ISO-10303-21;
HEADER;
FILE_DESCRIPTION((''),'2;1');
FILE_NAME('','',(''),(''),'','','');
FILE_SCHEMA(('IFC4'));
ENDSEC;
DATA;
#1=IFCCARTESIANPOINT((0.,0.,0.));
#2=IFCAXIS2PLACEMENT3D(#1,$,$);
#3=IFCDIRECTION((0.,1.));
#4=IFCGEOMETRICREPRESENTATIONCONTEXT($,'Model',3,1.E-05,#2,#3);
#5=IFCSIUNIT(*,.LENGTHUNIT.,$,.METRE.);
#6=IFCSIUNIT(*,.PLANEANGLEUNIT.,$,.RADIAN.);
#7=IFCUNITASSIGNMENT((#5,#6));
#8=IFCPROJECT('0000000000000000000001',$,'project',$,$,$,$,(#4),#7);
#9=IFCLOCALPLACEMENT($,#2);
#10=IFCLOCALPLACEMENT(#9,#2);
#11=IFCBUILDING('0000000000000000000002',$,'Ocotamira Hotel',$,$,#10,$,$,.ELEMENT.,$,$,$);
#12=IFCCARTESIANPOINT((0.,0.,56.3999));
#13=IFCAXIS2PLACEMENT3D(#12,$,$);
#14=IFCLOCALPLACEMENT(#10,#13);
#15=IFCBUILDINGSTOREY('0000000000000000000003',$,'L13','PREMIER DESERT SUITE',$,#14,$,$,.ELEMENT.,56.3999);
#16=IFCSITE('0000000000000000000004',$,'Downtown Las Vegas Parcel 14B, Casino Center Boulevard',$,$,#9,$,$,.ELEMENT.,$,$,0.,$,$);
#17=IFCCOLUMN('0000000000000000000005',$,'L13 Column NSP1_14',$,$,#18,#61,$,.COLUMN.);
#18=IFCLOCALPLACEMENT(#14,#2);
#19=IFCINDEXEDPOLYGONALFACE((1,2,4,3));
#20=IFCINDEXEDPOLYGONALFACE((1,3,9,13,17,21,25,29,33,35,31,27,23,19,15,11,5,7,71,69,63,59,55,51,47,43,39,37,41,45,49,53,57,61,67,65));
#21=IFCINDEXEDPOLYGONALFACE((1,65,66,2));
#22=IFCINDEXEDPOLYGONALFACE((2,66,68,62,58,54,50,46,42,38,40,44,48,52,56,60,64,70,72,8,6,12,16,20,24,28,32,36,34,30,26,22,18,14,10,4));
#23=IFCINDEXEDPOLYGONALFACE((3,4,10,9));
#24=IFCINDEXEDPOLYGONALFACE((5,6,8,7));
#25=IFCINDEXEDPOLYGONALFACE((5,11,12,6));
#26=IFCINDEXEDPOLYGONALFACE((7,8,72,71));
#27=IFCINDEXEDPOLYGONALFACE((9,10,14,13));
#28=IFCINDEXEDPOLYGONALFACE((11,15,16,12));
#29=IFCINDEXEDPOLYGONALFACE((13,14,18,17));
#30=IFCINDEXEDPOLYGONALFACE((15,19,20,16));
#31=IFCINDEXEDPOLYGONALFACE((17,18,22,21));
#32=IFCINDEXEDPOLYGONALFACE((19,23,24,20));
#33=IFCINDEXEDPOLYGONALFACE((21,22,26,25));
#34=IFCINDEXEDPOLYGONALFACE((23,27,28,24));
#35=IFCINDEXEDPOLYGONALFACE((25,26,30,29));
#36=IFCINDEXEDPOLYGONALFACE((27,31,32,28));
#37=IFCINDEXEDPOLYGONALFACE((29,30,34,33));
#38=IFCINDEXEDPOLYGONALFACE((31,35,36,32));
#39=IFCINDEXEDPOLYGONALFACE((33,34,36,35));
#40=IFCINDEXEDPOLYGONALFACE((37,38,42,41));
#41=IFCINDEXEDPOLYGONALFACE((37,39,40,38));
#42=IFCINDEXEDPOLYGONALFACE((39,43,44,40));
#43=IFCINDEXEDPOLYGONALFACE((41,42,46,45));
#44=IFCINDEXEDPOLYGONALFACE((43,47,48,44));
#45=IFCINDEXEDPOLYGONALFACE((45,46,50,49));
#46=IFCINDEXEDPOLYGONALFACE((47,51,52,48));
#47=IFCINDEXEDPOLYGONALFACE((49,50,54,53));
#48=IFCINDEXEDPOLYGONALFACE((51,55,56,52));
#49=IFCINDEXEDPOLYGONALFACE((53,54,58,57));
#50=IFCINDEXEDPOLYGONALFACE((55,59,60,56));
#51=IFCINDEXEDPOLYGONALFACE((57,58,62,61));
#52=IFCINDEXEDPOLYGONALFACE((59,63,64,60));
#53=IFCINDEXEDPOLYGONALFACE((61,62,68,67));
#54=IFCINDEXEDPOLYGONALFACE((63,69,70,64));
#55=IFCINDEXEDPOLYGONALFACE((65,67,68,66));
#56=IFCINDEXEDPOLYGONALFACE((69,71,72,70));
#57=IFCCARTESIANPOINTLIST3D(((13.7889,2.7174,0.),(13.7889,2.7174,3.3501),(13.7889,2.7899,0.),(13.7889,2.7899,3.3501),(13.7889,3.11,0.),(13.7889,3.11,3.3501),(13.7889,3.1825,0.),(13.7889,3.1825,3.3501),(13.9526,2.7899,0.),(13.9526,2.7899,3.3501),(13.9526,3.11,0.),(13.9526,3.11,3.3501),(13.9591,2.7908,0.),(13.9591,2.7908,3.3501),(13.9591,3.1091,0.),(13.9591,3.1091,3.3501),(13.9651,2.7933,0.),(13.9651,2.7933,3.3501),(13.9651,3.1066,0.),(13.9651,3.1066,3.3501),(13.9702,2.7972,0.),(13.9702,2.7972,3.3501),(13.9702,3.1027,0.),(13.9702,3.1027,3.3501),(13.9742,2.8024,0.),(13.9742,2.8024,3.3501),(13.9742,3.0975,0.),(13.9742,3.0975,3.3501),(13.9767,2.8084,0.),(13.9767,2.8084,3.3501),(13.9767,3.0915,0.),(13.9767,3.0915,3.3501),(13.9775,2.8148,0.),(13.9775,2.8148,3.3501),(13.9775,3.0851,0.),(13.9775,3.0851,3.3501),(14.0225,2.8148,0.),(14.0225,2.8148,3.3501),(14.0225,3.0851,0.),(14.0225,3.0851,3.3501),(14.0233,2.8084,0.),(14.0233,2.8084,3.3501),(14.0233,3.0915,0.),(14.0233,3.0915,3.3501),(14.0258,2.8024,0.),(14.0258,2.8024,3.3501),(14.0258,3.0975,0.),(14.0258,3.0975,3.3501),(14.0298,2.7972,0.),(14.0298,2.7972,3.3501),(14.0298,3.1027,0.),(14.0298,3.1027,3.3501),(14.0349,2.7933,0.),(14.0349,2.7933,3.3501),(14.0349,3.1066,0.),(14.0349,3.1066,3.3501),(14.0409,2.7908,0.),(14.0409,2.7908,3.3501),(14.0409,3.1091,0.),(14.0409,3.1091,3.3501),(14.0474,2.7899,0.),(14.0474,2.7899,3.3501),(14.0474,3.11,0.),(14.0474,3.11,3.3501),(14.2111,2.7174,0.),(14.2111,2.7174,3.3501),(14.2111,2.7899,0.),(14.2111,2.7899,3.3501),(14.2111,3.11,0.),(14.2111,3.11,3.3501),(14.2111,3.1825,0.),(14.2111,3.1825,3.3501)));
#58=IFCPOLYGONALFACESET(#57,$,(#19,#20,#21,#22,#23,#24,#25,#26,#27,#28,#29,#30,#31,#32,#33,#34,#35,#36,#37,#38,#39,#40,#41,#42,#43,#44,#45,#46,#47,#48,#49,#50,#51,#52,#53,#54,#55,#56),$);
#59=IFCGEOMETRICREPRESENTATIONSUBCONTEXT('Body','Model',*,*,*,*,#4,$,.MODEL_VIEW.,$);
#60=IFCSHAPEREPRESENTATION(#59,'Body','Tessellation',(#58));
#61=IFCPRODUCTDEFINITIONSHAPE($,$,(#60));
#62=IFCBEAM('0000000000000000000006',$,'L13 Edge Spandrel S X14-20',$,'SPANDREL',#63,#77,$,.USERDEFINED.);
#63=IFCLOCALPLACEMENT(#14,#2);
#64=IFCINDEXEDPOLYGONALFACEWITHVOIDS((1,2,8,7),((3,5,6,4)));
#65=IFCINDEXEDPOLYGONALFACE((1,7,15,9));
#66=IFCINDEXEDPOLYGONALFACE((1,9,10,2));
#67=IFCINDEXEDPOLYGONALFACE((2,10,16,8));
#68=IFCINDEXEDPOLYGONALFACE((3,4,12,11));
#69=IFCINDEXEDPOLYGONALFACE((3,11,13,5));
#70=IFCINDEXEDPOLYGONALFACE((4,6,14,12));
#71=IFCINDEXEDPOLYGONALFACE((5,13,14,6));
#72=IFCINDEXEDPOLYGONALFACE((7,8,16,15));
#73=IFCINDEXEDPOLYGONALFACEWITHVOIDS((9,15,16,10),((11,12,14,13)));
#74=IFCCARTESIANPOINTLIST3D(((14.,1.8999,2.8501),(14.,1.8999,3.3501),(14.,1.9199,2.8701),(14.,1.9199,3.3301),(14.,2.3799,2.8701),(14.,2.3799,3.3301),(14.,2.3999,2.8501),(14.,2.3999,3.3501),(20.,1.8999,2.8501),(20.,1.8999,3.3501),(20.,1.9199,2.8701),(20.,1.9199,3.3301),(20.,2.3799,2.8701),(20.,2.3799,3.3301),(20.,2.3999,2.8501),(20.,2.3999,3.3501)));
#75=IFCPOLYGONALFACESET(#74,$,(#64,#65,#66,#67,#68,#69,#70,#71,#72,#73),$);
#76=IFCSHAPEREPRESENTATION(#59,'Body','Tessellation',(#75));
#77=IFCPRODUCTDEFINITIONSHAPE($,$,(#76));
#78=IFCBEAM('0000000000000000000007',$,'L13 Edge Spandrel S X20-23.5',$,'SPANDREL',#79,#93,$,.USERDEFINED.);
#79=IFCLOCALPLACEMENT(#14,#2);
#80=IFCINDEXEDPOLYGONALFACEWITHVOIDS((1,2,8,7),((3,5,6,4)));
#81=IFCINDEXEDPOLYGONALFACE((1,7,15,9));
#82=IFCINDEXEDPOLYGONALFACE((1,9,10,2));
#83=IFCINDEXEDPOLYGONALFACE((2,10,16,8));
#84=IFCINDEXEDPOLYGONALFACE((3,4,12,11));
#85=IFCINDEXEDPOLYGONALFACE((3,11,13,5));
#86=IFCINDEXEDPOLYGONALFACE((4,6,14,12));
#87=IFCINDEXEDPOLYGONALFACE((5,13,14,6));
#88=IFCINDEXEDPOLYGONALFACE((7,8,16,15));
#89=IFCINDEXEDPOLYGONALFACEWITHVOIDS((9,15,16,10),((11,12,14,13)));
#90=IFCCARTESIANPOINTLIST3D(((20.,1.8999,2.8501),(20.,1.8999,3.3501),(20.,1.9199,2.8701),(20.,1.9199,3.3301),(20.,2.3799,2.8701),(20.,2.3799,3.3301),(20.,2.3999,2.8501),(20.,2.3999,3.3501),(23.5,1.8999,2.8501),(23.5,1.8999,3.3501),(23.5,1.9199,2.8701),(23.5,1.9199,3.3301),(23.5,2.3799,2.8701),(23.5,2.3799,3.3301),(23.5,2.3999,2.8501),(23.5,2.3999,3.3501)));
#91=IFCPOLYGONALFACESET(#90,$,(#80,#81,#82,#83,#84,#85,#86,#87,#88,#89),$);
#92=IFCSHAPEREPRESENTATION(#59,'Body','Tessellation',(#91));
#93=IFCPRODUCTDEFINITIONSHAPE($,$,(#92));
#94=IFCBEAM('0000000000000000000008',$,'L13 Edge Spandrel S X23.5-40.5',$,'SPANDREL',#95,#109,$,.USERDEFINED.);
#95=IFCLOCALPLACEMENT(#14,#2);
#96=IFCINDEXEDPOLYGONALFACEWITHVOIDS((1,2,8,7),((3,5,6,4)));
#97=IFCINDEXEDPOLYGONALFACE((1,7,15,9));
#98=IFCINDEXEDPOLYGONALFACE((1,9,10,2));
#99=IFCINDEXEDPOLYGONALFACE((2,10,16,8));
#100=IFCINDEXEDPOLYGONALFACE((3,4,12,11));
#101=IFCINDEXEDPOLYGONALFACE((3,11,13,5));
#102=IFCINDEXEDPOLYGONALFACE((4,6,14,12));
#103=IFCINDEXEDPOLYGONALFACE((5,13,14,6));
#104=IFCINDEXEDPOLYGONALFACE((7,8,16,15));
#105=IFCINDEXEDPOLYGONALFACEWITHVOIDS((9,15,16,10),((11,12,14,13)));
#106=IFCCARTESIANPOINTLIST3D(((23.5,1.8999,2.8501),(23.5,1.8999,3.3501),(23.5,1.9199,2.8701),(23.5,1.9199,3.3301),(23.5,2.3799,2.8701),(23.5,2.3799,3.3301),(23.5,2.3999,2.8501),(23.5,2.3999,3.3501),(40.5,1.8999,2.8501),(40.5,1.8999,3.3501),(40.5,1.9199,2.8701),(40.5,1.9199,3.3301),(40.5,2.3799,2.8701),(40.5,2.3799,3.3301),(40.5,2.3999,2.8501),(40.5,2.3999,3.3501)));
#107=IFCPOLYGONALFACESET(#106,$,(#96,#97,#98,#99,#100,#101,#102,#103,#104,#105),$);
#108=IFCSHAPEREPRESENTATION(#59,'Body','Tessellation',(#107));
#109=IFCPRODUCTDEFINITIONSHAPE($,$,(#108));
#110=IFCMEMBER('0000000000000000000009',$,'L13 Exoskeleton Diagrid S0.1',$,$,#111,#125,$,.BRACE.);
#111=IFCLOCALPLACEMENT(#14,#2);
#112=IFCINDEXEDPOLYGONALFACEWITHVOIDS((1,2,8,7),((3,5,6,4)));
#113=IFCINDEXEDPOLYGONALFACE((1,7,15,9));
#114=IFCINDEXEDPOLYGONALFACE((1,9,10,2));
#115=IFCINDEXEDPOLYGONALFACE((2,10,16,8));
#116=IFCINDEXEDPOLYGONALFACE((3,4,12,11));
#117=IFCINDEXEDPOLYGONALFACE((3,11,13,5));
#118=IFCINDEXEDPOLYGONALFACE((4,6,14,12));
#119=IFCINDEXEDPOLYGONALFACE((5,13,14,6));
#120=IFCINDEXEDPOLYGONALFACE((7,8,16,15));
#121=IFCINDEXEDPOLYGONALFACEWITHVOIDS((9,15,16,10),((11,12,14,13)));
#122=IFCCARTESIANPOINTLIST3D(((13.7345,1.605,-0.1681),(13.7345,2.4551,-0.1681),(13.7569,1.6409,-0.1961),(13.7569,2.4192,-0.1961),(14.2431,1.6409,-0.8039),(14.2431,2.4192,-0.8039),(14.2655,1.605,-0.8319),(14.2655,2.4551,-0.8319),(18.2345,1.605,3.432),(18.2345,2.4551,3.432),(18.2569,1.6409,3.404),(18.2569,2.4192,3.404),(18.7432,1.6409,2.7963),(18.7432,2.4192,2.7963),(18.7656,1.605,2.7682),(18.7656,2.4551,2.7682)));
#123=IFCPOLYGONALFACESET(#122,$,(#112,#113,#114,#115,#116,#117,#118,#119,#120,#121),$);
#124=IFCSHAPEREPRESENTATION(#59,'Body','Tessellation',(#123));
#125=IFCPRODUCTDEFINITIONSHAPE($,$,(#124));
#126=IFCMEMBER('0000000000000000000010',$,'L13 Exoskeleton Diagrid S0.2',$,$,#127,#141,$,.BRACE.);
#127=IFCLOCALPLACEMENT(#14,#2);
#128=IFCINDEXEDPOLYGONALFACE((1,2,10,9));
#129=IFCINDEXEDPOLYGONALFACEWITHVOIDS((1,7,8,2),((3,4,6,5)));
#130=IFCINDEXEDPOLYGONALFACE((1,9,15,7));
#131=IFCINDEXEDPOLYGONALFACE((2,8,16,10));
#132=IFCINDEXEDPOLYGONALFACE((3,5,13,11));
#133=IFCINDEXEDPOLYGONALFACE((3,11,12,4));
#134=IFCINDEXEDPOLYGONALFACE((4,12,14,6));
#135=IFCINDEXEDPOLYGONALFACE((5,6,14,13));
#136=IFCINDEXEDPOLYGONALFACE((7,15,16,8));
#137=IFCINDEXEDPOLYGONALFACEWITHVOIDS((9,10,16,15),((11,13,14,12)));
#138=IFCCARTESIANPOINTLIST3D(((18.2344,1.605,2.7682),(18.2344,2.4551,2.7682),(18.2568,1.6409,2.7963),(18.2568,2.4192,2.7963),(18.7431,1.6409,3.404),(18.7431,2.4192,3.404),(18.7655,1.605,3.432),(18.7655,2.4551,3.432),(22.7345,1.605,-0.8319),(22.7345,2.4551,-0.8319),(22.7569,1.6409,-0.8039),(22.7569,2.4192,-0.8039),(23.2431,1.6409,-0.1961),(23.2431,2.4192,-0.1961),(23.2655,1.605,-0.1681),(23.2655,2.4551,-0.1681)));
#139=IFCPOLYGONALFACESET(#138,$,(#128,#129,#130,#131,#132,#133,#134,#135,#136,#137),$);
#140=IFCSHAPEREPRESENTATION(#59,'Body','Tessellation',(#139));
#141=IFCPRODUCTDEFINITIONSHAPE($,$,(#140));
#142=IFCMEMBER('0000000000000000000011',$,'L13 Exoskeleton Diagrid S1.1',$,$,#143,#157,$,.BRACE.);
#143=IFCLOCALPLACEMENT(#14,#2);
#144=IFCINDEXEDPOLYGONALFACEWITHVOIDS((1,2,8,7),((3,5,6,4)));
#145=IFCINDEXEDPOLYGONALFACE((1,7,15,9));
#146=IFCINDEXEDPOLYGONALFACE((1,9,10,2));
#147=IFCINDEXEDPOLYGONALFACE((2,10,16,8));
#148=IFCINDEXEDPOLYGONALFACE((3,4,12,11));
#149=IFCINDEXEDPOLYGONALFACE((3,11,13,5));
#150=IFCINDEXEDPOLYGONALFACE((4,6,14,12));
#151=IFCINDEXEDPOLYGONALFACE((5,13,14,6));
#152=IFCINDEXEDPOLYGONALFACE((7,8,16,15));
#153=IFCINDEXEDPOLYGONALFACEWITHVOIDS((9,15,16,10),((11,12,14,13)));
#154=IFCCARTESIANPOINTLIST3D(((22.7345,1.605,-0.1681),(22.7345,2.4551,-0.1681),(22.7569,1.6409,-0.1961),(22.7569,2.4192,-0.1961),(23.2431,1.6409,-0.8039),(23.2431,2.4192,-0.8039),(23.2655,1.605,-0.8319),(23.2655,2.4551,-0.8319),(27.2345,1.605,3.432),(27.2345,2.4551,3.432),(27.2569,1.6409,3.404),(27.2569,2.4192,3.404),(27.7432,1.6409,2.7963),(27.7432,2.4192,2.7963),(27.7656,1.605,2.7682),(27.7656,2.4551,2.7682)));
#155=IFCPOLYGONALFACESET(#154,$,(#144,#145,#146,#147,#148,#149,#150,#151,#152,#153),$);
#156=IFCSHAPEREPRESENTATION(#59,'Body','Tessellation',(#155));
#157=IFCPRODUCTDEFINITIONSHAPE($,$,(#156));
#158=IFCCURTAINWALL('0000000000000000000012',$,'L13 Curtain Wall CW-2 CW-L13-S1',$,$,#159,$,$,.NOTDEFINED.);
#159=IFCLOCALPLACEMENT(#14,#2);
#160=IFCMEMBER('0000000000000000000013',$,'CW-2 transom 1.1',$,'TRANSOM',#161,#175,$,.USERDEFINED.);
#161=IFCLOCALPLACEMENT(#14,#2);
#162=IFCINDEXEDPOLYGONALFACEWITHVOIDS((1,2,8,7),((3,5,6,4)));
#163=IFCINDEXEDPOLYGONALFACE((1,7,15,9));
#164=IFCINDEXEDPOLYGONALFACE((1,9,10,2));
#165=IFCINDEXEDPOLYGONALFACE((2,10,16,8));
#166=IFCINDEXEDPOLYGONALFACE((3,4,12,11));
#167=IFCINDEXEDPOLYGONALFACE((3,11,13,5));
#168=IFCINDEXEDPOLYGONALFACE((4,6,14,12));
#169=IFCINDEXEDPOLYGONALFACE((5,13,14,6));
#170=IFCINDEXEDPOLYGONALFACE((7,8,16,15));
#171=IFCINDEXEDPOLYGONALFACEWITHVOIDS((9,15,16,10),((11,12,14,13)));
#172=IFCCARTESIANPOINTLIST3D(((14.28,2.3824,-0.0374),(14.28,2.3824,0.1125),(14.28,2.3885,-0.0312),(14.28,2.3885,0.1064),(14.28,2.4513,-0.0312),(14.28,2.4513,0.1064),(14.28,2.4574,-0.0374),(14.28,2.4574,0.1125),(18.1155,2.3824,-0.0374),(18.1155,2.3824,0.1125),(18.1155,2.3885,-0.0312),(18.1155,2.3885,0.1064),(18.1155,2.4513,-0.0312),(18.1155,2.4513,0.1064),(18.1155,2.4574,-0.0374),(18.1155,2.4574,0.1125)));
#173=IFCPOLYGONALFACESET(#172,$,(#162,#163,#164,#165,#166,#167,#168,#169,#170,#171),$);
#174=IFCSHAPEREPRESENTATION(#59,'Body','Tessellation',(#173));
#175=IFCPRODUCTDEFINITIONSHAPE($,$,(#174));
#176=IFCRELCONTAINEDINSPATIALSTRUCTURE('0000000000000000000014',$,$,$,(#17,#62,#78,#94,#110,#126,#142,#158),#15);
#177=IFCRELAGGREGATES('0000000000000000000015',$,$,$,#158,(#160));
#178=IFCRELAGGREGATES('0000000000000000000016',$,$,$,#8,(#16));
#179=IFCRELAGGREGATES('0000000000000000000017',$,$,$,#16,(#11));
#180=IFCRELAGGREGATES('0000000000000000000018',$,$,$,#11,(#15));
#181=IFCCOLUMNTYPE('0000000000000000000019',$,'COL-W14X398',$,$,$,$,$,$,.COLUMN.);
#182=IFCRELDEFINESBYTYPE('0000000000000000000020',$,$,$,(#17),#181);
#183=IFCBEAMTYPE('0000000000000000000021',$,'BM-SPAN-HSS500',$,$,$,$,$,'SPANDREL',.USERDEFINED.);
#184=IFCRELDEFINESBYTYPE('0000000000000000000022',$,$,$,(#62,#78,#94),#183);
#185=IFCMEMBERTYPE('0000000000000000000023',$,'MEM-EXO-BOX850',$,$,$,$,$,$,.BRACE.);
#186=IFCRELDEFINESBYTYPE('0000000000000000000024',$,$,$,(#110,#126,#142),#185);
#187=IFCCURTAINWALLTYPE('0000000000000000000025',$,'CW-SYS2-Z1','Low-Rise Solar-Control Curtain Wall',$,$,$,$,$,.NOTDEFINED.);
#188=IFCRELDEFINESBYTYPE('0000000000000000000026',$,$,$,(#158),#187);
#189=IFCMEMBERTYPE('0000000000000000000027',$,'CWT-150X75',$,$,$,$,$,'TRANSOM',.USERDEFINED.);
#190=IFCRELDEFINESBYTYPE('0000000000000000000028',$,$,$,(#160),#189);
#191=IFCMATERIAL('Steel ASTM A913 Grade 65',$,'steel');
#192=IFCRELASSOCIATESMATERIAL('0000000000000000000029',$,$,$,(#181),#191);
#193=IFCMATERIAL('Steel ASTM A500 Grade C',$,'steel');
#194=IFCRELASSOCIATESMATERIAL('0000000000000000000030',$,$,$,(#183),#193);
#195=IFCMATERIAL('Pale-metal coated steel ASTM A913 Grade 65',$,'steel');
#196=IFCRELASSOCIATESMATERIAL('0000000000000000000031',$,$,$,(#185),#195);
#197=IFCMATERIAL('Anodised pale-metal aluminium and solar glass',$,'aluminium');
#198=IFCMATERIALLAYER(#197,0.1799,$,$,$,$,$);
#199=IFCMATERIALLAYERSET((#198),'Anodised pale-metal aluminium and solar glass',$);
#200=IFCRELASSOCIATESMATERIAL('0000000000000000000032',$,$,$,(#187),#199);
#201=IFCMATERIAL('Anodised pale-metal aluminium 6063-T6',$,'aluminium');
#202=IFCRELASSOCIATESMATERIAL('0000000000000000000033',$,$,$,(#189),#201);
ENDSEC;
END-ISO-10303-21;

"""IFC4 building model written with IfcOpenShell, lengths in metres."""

from ifc_helpers import new_model, si_unit, direction, frame, origin, origin_2d, place, context, subcontext, project, spatial, hollow_rectangle, i_section, extrude, source, transform, mapped, material, layer, layer_set, material_profile, profile_set, type_object, element, aggregate, save


model = new_model("IFC4")

# Units and contexts
model_context = context("Model", 3, precision=1e-05, world=origin(), true_north=direction((0.0, 1.0)))
body_context = subcontext(model_context, "Body", "Model", "MODEL_VIEW")
ifc_project = project(units=[si_unit("LENGTHUNIT", "METRE"), si_unit("PLANEANGLEUNIT", "RADIAN")], contexts=[model_context])

# Site, building, storey
site_placement = place(None, origin())
site = spatial("IfcSite", under=ifc_project, at=site_placement, Name="Downtown Las Vegas Parcel 14B, Casino Center Boulevard", CompositionType="ELEMENT", RefElevation=0.0)
building_placement = place(site_placement, origin())
building = spatial("IfcBuilding", under=site, at=building_placement, Name="Ocotamira Hotel", CompositionType="ELEMENT")
storey_placement = place(building_placement, frame((0.0, 0.0, 56.3999)))
storey = spatial("IfcBuildingStorey", under=building, at=storey_placement, Name="L13", Description="PREMIER DESERT SUITE", CompositionType="ELEMENT", Elevation=56.3999)

# Column
ifc_material_1 = material(Name="Steel ASTM A913 Grade 65", Category="steel")
ifc_material_profile_1 = material_profile(ifc_material_1, i_section(OverallWidth=0.4221, OverallDepth=0.4651, WebThickness=0.0449, FlangeThickness=0.0725, FilletRadius=0.0249, at=origin_2d()), Name="W14X398")
ifc_profile_set_1 = profile_set([ifc_material_profile_1], Name="Steel ASTM A913 Grade 65")
column_type = type_object("IfcColumnType", Name="COL-W14X398", PredefinedType="COLUMN", material=ifc_profile_set_1)
shared_shape_1 = source(origin(), body_context, "Body", "SweptSolid", [
    extrude(i_section(OverallWidth=0.4221, OverallDepth=0.4651, WebThickness=0.0449, FlangeThickness=0.0725, FilletRadius=0.0249, at=origin_2d()), origin(), (0.0, 0.0, 1.0), 3.3501),
])
column_placement = place(storey_placement, frame((14.0, 2.95, 0.0), z_axis=(0.0, 0.0, 1.0), x_axis=(1.0, 0.0, 0.0)))
element("IfcColumn", 1, at=column_placement, inside=storey, type_object=column_type, Name="L13 Column NSP1_14", PredefinedType="COLUMN", context=body_context, shape_type="MappedRepresentation", body=[
    mapped(shared_shape_1, transform((0.0, 0.0, 0.0), scale=1.0)),
])

# Beams
ifc_material_2 = material(Name="Steel ASTM A500 Grade C", Category="steel")
ifc_material_profile_2 = material_profile(ifc_material_2, hollow_rectangle(XDim=0.5, YDim=0.5, WallThickness=0.02, at=origin_2d()), Name="HSS500X500X20")
ifc_profile_set_2 = profile_set([ifc_material_profile_2], Name="Steel ASTM A500 Grade C")
beam_type = type_object("IfcBeamType", Name="BM-SPAN-HSS500", ElementType="SPANDREL", PredefinedType="USERDEFINED", material=ifc_profile_set_2)
shared_shape_2 = source(origin(), body_context, "Body", "SweptSolid", [
    extrude(hollow_rectangle(XDim=0.5, YDim=0.5, WallThickness=0.02, at=origin_2d()), origin(), (0.0, 0.0, 1.0), 6.0),
])
beam_1_placement = place(storey_placement, frame((14.0, 2.1499, 3.1001), z_axis=(1.0, 0.0, 0.0), x_axis=(0.0, 1.0, 0.0)))
element("IfcBeam", 2, at=beam_1_placement, inside=storey, type_object=beam_type, Name="L13 Edge Spandrel S X14-20", ObjectType="SPANDREL", PredefinedType="USERDEFINED", context=body_context, shape_type="MappedRepresentation", body=[
    mapped(shared_shape_2, transform((0.0, 0.0, 0.0), scale=1.0)),
])
shared_shape_3 = source(origin(), body_context, "Body", "SweptSolid", [
    extrude(hollow_rectangle(XDim=0.5, YDim=0.5, WallThickness=0.02, at=origin_2d()), origin(), (0.0, 0.0, 1.0), 3.5),
])
beam_2_placement = place(storey_placement, frame((20.0, 2.1499, 3.1001), z_axis=(1.0, 0.0, 0.0), x_axis=(0.0, 1.0, 0.0)))
element("IfcBeam", 3, at=beam_2_placement, inside=storey, type_object=beam_type, Name="L13 Edge Spandrel S X20-23.5", ObjectType="SPANDREL", PredefinedType="USERDEFINED", context=body_context, shape_type="MappedRepresentation", body=[
    mapped(shared_shape_3, transform((0.0, 0.0, 0.0), scale=1.0)),
])
shared_shape_4 = source(origin(), body_context, "Body", "SweptSolid", [
    extrude(hollow_rectangle(XDim=0.5, YDim=0.5, WallThickness=0.02, at=origin_2d()), origin(), (0.0, 0.0, 1.0), 17.0),
])
beam_3_placement = place(storey_placement, frame((23.5, 2.1499, 3.1001), z_axis=(1.0, 0.0, 0.0), x_axis=(0.0, 1.0, 0.0)))
element("IfcBeam", 4, at=beam_3_placement, inside=storey, type_object=beam_type, Name="L13 Edge Spandrel S X23.5-40.5", ObjectType="SPANDREL", PredefinedType="USERDEFINED", context=body_context, shape_type="MappedRepresentation", body=[
    mapped(shared_shape_4, transform((0.0, 0.0, 0.0), scale=1.0)),
])

# Members
ifc_material_3 = material(Name="Pale-metal coated steel ASTM A913 Grade 65", Category="steel")
ifc_material_profile_3 = material_profile(ifc_material_3, hollow_rectangle(XDim=0.8501, YDim=0.8501, WallThickness=0.0359, at=origin_2d()), Name="BOX850X850X36")
ifc_profile_set_3 = profile_set([ifc_material_profile_3], Name="Pale-metal coated steel ASTM A913 Grade 65")
member_type_1 = type_object("IfcMemberType", Name="MEM-EXO-BOX850", PredefinedType="BRACE", material=ifc_profile_set_3)
shared_shape_5 = source(origin(), body_context, "Body", "SweptSolid", [
    extrude(hollow_rectangle(XDim=0.8501, YDim=0.8501, WallThickness=0.0359, at=origin_2d()), origin(), (0.0, 0.0, 1.0), 5.7629),
])
for number, where, z_axis, x_axis, name in (
    (5, (14.0, 2.03, -0.5), (0.780861, 0.0, 0.624705), (0.0, 1.0, 0.0), "L13 Exoskeleton Diagrid S0.1"),
    (6, (23.0, 2.03, -0.5), (-0.780861, 0.0, 0.624705), (0.0, -1.0, 0.0), "L13 Exoskeleton Diagrid S0.2"),
    (7, (23.0, 2.03, -0.5), (0.780861, 0.0, 0.624705), (0.0, 1.0, 0.0), "L13 Exoskeleton Diagrid S1.1"),
):
    element("IfcMember", number, at=place(storey_placement, frame(where, z_axis=z_axis, x_axis=x_axis)), inside=storey, type_object=member_type_1, Name=name, PredefinedType="BRACE", context=body_context, shape_type="MappedRepresentation", body=[
        mapped(shared_shape_5, transform((0.0, 0.0, 0.0), scale=1.0)),
    ])

# Curtain wall, member
ifc_material_4 = material(Name="Anodised pale-metal aluminium and solar glass", Category="aluminium")
ifc_layer_1 = layer(ifc_material_4, 0.1799)
ifc_layer_set_1 = layer_set([ifc_layer_1], Name="Anodised pale-metal aluminium and solar glass")
curtain_wall_type = type_object("IfcCurtainWallType", Name="CW-SYS2-Z1", Description="Low-Rise Solar-Control Curtain Wall", PredefinedType="NOTDEFINED", material=ifc_layer_set_1)
curtain_wall_placement = place(storey_placement, origin())
curtain_wall = element("IfcCurtainWall", 8, at=curtain_wall_placement, inside=storey, type_object=curtain_wall_type, Name="L13 Curtain Wall CW-2 CW-L13-S1", PredefinedType="NOTDEFINED")
ifc_material_5 = material(Name="Anodised pale-metal aluminium 6063-T6", Category="aluminium")
ifc_material_profile_4 = material_profile(ifc_material_5, hollow_rectangle(XDim=0.075, YDim=0.1499, WallThickness=0.0061, at=origin_2d()), Name="HSS150X75X6")
ifc_profile_set_4 = profile_set([ifc_material_profile_4], Name="Anodised pale-metal aluminium 6063-T6")
member_type_2 = type_object("IfcMemberType", Name="CWT-150X75", ElementType="TRANSOM", PredefinedType="USERDEFINED", material=ifc_profile_set_4)
shared_shape_6 = source(origin(), body_context, "Body", "SweptSolid", [
    extrude(hollow_rectangle(XDim=0.075, YDim=0.1499, WallThickness=0.0061, at=origin_2d()), origin(), (0.0, 0.0, 1.0), 3.8354),
])
member_1_placement = place(storey_placement, frame((14.28, 2.4199, 0.0376), z_axis=(1.0, 0.0, 0.0), x_axis=(0.0, 1.0, 0.0)))
member_1 = element("IfcMember", 9, at=member_1_placement, type_object=member_type_2, Name="CW-2 transom 1.1", ObjectType="TRANSOM", PredefinedType="USERDEFINED", context=body_context, shape_type="MappedRepresentation", body=[
    mapped(shared_shape_6, transform((0.0, 0.0, 0.0), scale=1.0)),
])

aggregate(curtain_wall, [member_1])

save(model, "model.ifc")
